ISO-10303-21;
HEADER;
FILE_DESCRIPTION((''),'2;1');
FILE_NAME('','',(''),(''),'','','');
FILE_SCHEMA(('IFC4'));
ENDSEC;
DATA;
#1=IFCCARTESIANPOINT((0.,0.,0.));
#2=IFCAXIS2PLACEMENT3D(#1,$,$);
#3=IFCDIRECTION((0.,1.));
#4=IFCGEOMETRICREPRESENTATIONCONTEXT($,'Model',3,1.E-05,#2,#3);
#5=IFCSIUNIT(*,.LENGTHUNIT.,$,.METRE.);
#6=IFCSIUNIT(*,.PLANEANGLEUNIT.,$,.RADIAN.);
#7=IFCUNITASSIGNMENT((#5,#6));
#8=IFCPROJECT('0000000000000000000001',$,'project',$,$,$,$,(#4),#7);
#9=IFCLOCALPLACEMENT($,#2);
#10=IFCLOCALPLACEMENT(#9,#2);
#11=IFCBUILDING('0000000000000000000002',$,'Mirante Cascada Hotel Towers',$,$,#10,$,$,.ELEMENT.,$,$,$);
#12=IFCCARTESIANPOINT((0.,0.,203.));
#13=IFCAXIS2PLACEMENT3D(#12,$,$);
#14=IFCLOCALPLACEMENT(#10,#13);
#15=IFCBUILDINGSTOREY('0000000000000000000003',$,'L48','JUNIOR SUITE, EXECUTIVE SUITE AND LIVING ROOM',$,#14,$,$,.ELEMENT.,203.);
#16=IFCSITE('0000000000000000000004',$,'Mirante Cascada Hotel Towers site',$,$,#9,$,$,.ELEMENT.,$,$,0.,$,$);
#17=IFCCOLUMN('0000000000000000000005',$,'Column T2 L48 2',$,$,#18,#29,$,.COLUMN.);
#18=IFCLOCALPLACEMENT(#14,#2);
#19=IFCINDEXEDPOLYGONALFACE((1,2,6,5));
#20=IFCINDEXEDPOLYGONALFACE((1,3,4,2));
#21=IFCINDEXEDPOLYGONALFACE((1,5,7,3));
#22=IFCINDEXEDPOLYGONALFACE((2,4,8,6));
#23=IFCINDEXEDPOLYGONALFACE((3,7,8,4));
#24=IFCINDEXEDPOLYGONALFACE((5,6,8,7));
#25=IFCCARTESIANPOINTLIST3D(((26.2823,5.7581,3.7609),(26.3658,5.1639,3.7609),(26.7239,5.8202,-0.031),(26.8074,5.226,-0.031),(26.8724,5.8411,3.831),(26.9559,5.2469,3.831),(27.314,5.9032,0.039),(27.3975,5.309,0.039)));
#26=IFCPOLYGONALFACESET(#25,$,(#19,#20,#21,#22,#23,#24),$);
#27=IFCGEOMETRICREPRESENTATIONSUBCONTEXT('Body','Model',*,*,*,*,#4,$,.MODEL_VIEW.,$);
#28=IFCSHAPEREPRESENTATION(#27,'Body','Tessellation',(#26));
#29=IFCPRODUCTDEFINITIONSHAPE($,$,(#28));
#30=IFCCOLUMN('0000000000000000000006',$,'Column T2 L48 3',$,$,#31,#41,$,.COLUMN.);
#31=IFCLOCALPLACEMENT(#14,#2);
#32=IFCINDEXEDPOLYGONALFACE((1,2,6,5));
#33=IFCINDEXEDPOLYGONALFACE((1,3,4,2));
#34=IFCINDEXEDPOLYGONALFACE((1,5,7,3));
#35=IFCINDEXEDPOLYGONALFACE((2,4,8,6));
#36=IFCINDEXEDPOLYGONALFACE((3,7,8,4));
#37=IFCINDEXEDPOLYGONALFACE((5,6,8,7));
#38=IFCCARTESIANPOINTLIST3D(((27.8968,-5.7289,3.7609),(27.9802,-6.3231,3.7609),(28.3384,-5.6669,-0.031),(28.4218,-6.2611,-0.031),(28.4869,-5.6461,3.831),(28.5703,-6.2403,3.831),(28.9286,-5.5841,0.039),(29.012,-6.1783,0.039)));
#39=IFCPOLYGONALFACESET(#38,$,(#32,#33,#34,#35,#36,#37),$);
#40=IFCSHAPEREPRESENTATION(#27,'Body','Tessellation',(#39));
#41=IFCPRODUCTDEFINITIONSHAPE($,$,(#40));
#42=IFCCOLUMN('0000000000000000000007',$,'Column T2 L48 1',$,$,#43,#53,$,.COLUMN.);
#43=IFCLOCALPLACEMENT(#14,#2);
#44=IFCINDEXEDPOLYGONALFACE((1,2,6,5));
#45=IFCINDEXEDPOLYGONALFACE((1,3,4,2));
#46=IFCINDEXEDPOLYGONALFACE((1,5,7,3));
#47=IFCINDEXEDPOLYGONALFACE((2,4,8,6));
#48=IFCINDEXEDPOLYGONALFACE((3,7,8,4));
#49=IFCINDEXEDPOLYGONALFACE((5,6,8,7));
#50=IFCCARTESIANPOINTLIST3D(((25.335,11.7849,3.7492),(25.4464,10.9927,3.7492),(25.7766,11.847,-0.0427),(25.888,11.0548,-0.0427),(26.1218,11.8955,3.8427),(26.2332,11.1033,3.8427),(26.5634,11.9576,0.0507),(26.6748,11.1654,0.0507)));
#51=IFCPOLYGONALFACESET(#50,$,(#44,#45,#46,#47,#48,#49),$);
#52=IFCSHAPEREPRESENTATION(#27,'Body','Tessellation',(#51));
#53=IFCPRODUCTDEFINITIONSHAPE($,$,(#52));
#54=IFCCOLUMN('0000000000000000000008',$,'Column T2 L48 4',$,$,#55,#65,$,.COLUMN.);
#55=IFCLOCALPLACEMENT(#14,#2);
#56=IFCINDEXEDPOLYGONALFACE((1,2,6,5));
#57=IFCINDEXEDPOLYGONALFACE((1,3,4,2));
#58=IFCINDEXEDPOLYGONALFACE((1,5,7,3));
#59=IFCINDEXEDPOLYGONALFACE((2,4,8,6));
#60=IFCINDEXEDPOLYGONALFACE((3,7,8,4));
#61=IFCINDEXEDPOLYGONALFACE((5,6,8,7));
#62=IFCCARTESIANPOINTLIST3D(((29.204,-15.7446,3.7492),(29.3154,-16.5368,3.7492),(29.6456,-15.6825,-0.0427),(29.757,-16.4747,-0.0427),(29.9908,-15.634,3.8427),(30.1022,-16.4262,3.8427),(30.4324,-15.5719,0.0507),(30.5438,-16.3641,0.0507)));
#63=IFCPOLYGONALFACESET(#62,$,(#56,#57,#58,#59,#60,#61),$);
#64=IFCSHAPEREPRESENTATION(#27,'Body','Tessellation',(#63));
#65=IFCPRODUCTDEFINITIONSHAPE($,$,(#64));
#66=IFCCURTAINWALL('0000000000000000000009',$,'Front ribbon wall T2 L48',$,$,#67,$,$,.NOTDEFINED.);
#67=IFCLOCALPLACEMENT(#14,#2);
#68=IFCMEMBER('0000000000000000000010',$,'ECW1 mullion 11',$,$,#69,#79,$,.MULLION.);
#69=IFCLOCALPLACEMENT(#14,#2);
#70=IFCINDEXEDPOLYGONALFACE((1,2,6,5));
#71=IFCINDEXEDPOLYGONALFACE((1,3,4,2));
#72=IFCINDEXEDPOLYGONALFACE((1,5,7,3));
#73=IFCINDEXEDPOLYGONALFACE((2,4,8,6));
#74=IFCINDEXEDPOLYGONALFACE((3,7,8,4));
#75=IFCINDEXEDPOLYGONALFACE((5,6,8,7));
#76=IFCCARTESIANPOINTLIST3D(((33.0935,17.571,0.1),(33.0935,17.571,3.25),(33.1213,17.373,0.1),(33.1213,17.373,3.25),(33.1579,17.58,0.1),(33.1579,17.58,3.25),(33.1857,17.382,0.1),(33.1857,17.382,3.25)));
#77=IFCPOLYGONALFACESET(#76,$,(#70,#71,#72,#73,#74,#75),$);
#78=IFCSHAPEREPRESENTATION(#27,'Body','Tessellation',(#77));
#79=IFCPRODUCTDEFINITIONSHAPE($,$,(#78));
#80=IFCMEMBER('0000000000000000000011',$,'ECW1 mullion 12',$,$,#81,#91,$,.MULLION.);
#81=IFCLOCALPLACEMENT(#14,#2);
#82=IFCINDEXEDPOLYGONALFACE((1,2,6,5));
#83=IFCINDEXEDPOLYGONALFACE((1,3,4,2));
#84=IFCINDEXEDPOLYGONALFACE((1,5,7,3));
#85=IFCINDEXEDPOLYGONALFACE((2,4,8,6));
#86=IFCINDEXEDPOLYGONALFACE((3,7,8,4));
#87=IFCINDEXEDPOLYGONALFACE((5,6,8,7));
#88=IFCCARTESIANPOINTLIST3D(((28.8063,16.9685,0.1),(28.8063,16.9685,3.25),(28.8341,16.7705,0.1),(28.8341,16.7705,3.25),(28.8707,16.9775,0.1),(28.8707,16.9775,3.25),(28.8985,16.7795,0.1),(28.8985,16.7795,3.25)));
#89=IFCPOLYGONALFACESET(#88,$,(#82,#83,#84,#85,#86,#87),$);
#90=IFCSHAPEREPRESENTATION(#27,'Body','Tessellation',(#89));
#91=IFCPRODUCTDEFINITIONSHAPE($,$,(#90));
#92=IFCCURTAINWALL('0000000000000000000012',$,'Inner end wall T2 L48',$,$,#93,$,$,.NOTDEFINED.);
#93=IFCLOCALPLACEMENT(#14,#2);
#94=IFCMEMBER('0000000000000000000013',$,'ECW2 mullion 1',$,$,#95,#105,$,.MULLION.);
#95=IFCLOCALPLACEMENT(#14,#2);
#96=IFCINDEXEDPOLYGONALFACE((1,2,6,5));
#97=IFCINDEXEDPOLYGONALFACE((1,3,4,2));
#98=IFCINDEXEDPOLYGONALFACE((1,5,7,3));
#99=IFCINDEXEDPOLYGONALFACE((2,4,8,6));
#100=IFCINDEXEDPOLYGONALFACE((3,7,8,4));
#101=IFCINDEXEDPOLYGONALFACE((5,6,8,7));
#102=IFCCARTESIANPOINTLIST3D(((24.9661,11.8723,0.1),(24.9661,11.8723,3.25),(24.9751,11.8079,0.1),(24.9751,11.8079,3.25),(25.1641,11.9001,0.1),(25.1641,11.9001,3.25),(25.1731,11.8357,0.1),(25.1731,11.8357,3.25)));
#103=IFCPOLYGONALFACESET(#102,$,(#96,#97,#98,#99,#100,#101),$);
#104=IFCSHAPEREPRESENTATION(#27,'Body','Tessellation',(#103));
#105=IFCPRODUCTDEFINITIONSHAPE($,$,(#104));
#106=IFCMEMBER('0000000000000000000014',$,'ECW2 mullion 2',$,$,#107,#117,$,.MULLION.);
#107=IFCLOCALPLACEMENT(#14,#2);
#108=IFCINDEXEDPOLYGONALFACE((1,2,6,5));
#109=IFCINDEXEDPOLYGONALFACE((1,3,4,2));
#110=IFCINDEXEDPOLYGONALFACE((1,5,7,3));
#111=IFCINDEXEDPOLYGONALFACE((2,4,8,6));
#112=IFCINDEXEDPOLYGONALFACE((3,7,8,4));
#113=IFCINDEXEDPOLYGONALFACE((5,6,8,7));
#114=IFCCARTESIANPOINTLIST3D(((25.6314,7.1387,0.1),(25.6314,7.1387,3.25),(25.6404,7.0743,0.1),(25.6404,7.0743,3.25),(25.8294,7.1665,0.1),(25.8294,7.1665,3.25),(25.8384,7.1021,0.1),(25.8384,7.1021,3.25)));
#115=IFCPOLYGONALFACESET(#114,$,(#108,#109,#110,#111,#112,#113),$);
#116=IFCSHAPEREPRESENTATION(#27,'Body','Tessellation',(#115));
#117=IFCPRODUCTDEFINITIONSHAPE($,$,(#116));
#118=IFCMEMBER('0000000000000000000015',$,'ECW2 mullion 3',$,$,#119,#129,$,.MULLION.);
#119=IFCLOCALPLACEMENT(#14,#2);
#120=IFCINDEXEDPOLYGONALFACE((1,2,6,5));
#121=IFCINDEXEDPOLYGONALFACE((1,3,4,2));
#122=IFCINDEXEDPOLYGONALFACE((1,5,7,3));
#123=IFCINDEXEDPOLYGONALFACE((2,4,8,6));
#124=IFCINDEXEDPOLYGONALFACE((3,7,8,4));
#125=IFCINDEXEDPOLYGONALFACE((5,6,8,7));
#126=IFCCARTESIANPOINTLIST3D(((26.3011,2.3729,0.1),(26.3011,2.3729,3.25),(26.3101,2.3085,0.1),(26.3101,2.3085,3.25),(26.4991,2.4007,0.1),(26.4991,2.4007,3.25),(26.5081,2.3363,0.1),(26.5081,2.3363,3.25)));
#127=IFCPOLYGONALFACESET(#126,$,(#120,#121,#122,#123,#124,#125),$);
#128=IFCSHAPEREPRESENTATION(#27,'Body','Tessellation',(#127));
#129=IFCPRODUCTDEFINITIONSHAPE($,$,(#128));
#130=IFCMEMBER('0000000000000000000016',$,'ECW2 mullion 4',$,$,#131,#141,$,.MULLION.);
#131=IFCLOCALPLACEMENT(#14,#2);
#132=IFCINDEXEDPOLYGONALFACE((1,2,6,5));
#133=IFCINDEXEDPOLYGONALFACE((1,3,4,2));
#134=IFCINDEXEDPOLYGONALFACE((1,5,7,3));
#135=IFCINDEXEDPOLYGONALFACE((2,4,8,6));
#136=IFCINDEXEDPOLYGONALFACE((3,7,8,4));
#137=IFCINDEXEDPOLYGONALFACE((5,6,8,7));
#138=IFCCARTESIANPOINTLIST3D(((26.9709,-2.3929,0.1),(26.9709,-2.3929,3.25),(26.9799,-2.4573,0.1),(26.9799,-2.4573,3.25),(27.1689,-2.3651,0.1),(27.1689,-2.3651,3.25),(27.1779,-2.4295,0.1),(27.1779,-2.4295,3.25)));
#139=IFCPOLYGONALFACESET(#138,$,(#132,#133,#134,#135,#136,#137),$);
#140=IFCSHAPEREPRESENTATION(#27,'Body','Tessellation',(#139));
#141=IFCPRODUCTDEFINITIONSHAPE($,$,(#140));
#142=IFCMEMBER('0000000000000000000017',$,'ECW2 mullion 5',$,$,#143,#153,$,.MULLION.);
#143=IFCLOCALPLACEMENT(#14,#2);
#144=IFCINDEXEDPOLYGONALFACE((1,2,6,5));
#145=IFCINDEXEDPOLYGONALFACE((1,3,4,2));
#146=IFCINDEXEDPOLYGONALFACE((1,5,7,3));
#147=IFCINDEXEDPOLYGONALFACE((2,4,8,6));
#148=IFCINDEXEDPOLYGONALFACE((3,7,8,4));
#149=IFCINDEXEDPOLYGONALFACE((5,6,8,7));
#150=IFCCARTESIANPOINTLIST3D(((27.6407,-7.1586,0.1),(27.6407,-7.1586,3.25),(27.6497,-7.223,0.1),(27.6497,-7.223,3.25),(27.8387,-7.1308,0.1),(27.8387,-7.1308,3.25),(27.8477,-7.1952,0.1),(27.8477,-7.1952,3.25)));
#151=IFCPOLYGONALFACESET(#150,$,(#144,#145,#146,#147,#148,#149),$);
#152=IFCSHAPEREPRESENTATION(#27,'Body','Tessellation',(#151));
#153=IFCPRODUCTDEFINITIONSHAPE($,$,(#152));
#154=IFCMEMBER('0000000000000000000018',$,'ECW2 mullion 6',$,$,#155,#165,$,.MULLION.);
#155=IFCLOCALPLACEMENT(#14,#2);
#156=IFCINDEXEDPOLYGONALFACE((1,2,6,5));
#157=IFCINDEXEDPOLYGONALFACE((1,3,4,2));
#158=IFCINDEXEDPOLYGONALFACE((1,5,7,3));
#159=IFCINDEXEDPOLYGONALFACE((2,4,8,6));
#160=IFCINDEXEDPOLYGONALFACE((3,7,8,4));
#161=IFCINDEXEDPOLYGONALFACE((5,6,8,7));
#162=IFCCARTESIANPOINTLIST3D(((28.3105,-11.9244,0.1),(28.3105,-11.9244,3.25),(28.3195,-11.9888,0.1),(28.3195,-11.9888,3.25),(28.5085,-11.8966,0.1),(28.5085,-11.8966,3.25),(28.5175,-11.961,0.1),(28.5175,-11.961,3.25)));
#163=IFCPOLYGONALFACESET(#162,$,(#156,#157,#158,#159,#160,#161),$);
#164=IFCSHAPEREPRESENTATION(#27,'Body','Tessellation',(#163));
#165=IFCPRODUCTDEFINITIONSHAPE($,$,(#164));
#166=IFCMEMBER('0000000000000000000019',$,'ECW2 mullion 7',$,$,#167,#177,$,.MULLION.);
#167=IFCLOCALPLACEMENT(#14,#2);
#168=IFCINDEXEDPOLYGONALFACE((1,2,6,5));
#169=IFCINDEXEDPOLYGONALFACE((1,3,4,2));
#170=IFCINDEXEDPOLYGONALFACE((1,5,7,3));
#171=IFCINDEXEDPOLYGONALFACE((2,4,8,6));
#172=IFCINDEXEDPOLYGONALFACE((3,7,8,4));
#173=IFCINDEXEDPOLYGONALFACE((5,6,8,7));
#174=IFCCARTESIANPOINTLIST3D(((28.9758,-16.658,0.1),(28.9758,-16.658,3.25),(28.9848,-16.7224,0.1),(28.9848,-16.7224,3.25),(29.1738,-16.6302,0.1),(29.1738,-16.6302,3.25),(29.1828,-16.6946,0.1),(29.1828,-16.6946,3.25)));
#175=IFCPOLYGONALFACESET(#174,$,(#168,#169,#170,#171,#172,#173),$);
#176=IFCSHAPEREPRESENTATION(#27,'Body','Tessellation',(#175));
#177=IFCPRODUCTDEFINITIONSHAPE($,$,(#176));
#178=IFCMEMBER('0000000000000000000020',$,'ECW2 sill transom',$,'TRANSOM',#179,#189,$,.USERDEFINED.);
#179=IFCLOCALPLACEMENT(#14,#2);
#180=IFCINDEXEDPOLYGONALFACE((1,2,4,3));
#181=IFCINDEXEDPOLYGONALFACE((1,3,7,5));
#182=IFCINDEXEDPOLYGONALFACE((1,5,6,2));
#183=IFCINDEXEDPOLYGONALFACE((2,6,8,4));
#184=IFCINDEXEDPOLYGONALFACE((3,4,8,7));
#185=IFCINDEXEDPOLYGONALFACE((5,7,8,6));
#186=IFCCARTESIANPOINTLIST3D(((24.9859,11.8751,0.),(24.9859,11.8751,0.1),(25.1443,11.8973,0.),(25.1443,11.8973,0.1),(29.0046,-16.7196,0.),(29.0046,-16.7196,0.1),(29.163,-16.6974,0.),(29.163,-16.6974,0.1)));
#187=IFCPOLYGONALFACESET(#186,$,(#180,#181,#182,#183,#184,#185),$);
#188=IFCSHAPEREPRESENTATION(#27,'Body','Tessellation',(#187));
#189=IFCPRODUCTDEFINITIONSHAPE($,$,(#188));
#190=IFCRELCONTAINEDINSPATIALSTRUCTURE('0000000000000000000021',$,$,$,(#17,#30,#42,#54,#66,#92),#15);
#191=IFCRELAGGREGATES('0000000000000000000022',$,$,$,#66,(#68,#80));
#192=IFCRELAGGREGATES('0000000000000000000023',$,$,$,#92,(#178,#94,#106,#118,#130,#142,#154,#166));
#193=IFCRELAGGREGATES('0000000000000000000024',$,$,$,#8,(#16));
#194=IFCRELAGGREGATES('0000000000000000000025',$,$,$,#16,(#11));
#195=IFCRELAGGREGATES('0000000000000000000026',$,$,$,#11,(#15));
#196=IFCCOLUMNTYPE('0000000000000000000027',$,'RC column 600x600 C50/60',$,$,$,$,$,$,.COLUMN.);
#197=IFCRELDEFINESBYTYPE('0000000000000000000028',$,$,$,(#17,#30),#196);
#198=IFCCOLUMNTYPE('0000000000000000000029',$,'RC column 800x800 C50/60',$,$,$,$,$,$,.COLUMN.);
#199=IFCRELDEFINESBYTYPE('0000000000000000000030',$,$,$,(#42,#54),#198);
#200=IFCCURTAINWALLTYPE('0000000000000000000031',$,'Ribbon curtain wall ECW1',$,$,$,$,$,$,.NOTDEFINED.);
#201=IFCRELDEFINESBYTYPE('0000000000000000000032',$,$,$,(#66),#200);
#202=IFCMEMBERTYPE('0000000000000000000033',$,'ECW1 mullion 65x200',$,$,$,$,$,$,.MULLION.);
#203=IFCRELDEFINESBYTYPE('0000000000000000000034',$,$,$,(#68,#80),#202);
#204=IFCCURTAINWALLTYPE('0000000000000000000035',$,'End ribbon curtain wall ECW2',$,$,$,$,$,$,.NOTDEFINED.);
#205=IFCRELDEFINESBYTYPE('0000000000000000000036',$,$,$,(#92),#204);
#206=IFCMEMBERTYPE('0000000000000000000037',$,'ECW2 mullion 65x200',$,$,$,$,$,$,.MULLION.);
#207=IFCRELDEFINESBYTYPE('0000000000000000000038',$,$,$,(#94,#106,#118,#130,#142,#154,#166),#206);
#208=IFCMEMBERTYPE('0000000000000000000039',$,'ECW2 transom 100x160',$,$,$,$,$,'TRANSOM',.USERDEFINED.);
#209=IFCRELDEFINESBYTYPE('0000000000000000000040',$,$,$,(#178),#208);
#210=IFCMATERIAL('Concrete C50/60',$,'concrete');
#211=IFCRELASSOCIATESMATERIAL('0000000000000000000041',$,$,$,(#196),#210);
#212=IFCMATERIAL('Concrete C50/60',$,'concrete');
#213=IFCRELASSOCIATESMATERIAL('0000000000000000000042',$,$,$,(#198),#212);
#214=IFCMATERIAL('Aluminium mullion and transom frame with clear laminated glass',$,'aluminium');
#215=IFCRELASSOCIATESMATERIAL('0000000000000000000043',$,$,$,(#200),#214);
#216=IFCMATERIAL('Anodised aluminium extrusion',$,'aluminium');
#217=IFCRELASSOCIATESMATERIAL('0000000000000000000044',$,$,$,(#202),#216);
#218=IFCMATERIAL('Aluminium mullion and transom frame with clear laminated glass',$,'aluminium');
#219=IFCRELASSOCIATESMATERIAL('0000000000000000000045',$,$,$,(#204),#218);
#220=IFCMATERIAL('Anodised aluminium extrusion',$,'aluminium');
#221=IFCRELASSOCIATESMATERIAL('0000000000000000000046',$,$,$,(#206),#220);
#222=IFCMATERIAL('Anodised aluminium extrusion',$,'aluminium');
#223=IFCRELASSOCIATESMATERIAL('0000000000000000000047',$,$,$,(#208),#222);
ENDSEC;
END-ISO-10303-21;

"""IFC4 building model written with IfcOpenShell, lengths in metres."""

from ifc_helpers import new_model, si_unit, direction, frame, origin, origin_2d, place, context, subcontext, project, spatial, rectangle, extrude, material, material_profile, profile_set, type_object, element, aggregate, save


model = new_model("IFC4")

# Units and contexts
model_context = context("Model", 3, precision=1e-05, world=origin(), true_north=direction((0.0, 1.0)))
body_context = subcontext(model_context, "Body", "Model", "MODEL_VIEW")
ifc_project = project(units=[si_unit("LENGTHUNIT", "METRE"), si_unit("PLANEANGLEUNIT", "RADIAN")], contexts=[model_context])

# Site, building, storey
site_placement = place(None, origin())
site = spatial("IfcSite", under=ifc_project, at=site_placement, Name="Mirante Cascada Hotel Towers site", CompositionType="ELEMENT", RefElevation=0.0)
building_placement = place(site_placement, origin())
building = spatial("IfcBuilding", under=site, at=building_placement, Name="Mirante Cascada Hotel Towers", CompositionType="ELEMENT")
storey_placement = place(building_placement, frame((0.0, 0.0, 203.0)))
storey = spatial("IfcBuildingStorey", under=building, at=storey_placement, Name="L48", Description="JUNIOR SUITE, EXECUTIVE SUITE AND LIVING ROOM", CompositionType="ELEMENT", Elevation=203.0)

# Columns
ifc_material_1 = material(Name="Concrete C50/60", Category="concrete")
ifc_material_profile_1 = material_profile(ifc_material_1, rectangle(XDim=0.6, YDim=0.6, at=origin_2d()), Name="RC column 600x600 C50/60")
ifc_profile_set_1 = profile_set([ifc_material_profile_1], Name="Concrete C50/60")
column_type_1 = type_object("IfcColumnType", Name="RC column 600x600 C50/60", PredefinedType="COLUMN", material=ifc_profile_set_1)
for number, where, z_axis, x_axis, name in (
    (1, (27.0607, 5.5646, 0.004), (-0.115659, -0.016265, 0.993156), (0.139255, -0.990257, 0.0), "Column T2 L48 2"),
    (2, (28.6752, -5.9226, 0.004), (-0.115684, -0.016238, 0.993153), (0.139004, -0.990292, 0.0), "Column T2 L48 3"),
):
    element("IfcColumn", number, at=place(storey_placement, frame(where, z_axis=z_axis, x_axis=x_axis)), inside=storey, type_object=column_type_1, Name=name, PredefinedType="COLUMN", context=body_context, shape_type="SweptSolid", body=[
        extrude(rectangle(XDim=0.6, YDim=0.6, at=origin_2d()), origin(), (0.0, 0.0, 1.0), 3.8181),
    ])
ifc_material_2 = material(Name="Concrete C50/60", Category="concrete")
ifc_material_profile_2 = material_profile(ifc_material_2, rectangle(XDim=0.8, YDim=0.8, at=origin_2d()), Name="RC column 800x800 C50/60")
ifc_profile_set_2 = profile_set([ifc_material_profile_2], Name="Concrete C50/60")
column_type_2 = type_object("IfcColumnType", Name="RC column 800x800 C50/60", PredefinedType="COLUMN", material=ifc_profile_set_2)
for number, where, z_axis, x_axis, name in (
    (3, (26.2257, 11.5062, 0.004), (-0.115659, -0.016265, 0.993156), (0.139255, -0.990257, 0.0), "Column T2 L48 1"),
    (4, (30.0947, -16.0233, 0.004), (-0.115659, -0.016265, 0.993156), (0.139255, -0.990257, 0.0), "Column T2 L48 4"),
):
    element("IfcColumn", number, at=place(storey_placement, frame(where, z_axis=z_axis, x_axis=x_axis)), inside=storey, type_object=column_type_2, Name=name, PredefinedType="COLUMN", context=body_context, shape_type="SweptSolid", body=[
        extrude(rectangle(XDim=0.8, YDim=0.8, at=origin_2d()), origin(), (0.0, 0.0, 1.0), 3.8181),
    ])

# Curtain walls, members
ifc_material_3 = material(Name="Aluminium mullion and transom frame with clear laminated glass", Category="aluminium")
curtain_wall_type_1 = type_object("IfcCurtainWallType", Name="Ribbon curtain wall ECW1", PredefinedType="NOTDEFINED", material=ifc_material_3)
curtain_wall_1_placement = place(storey_placement, origin())
curtain_wall_1 = element("IfcCurtainWall", 5, at=curtain_wall_1_placement, inside=storey, type_object=curtain_wall_type_1, Name="Front ribbon wall T2 L48", PredefinedType="NOTDEFINED")
ifc_material_4 = material(Name="Anodised aluminium extrusion", Category="aluminium")
ifc_material_profile_3 = material_profile(ifc_material_4, rectangle(XDim=0.2, YDim=0.065, at=origin_2d()), Name="ECW1 MULLION 65x200")
ifc_profile_set_3 = profile_set([ifc_material_profile_3], Name="Anodised aluminium extrusion")
member_type_1 = type_object("IfcMemberType", Name="ECW1 mullion 65x200", PredefinedType="MULLION", material=ifc_profile_set_3)
member_1_placement = place(storey_placement, frame((33.1396, 17.4765, 0.1), z_axis=(0.0, 0.0, 1.0), x_axis=(0.139173, -0.990268, 0.0)))
member_1 = element("IfcMember", 6, at=member_1_placement, type_object=member_type_1, Name="ECW1 mullion 11", PredefinedType="MULLION", context=body_context, shape_type="SweptSolid", body=[
    extrude(rectangle(XDim=0.2, YDim=0.065, at=origin_2d()), origin(), (0.0, 0.0, 1.0), 3.15),
])
member_2_placement = place(storey_placement, frame((28.8524, 16.874, 0.1), z_axis=(0.0, 0.0, 1.0), x_axis=(0.139173, -0.990268, 0.0)))
member_2 = element("IfcMember", 7, at=member_2_placement, type_object=member_type_1, Name="ECW1 mullion 12", PredefinedType="MULLION", context=body_context, shape_type="SweptSolid", body=[
    extrude(rectangle(XDim=0.2, YDim=0.065, at=origin_2d()), origin(), (0.0, 0.0, 1.0), 3.15),
])
ifc_material_5 = material(Name="Aluminium mullion and transom frame with clear laminated glass", Category="aluminium")
curtain_wall_type_2 = type_object("IfcCurtainWallType", Name="End ribbon curtain wall ECW2", PredefinedType="NOTDEFINED", material=ifc_material_5)
curtain_wall_2_placement = place(storey_placement, origin())
curtain_wall_2 = element("IfcCurtainWall", 8, at=curtain_wall_2_placement, inside=storey, type_object=curtain_wall_type_2, Name="Inner end wall T2 L48", PredefinedType="NOTDEFINED")
ifc_material_6 = material(Name="Anodised aluminium extrusion", Category="aluminium")
ifc_material_profile_4 = material_profile(ifc_material_6, rectangle(XDim=0.2, YDim=0.065, at=origin_2d()), Name="ECW2 MULLION 65x200")
ifc_profile_set_4 = profile_set([ifc_material_profile_4], Name="Anodised aluminium extrusion")
member_type_2 = type_object("IfcMemberType", Name="ECW2 mullion 65x200", PredefinedType="MULLION", material=ifc_profile_set_4)
member_3_placement = place(storey_placement, frame((25.0696, 11.854, 0.1), z_axis=(0.0, 0.0, 1.0), x_axis=(0.990268, 0.139173, 0.0)))
member_3 = element("IfcMember", 9, at=member_3_placement, type_object=member_type_2, Name="ECW2 mullion 1", PredefinedType="MULLION", context=body_context, shape_type="SweptSolid", body=[
    extrude(rectangle(XDim=0.2, YDim=0.065, at=origin_2d()), origin(), (0.0, 0.0, 1.0), 3.15),
])
member_4_placement = place(storey_placement, frame((25.7349, 7.1204, 0.1), z_axis=(0.0, 0.0, 1.0), x_axis=(0.990268, 0.139173, 0.0)))
member_4 = element("IfcMember", 10, at=member_4_placement, type_object=member_type_2, Name="ECW2 mullion 2", PredefinedType="MULLION", context=body_context, shape_type="SweptSolid", body=[
    extrude(rectangle(XDim=0.2, YDim=0.065, at=origin_2d()), origin(), (0.0, 0.0, 1.0), 3.15),
])
member_5_placement = place(storey_placement, frame((26.4046, 2.3546, 0.1), z_axis=(0.0, 0.0, 1.0), x_axis=(0.990268, 0.139173, 0.0)))
member_5 = element("IfcMember", 11, at=member_5_placement, type_object=member_type_2, Name="ECW2 mullion 3", PredefinedType="MULLION", context=body_context, shape_type="SweptSolid", body=[
    extrude(rectangle(XDim=0.2, YDim=0.065, at=origin_2d()), origin(), (0.0, 0.0, 1.0), 3.15),
])
member_6_placement = place(storey_placement, frame((27.0744, -2.4112, 0.1), z_axis=(0.0, 0.0, 1.0), x_axis=(0.990268, 0.139173, 0.0)))
member_6 = element("IfcMember", 12, at=member_6_placement, type_object=member_type_2, Name="ECW2 mullion 4", PredefinedType="MULLION", context=body_context, shape_type="SweptSolid", body=[
    extrude(rectangle(XDim=0.2, YDim=0.065, at=origin_2d()), origin(), (0.0, 0.0, 1.0), 3.15),
])
member_7_placement = place(storey_placement, frame((27.7442, -7.1769, 0.1), z_axis=(0.0, 0.0, 1.0), x_axis=(0.990268, 0.139173, 0.0)))
member_7 = element("IfcMember", 13, at=member_7_placement, type_object=member_type_2, Name="ECW2 mullion 5", PredefinedType="MULLION", context=body_context, shape_type="SweptSolid", body=[
    extrude(rectangle(XDim=0.2, YDim=0.065, at=origin_2d()), origin(), (0.0, 0.0, 1.0), 3.15),
])
member_8_placement = place(storey_placement, frame((28.414, -11.9427, 0.1), z_axis=(0.0, 0.0, 1.0), x_axis=(0.990268, 0.139173, 0.0)))
member_8 = element("IfcMember", 14, at=member_8_placement, type_object=member_type_2, Name="ECW2 mullion 6", PredefinedType="MULLION", context=body_context, shape_type="SweptSolid", body=[
    extrude(rectangle(XDim=0.2, YDim=0.065, at=origin_2d()), origin(), (0.0, 0.0, 1.0), 3.15),
])
member_9_placement = place(storey_placement, frame((29.0793, -16.6763, 0.1), z_axis=(0.0, 0.0, 1.0), x_axis=(0.990268, 0.139173, 0.0)))
member_9 = element("IfcMember", 15, at=member_9_placement, type_object=member_type_2, Name="ECW2 mullion 7", PredefinedType="MULLION", context=body_context, shape_type="SweptSolid", body=[
    extrude(rectangle(XDim=0.2, YDim=0.065, at=origin_2d()), origin(), (0.0, 0.0, 1.0), 3.15),
])
ifc_material_7 = material(Name="Anodised aluminium extrusion", Category="aluminium")
ifc_material_profile_5 = material_profile(ifc_material_7, rectangle(XDim=0.16, YDim=0.1, at=origin_2d()), Name="ECW2 TRANSOM 100x160")
ifc_profile_set_5 = profile_set([ifc_material_profile_5], Name="Anodised aluminium extrusion")
member_type_3 = type_object("IfcMemberType", Name="ECW2 transom 100x160", ElementType="TRANSOM", PredefinedType="USERDEFINED", material=ifc_profile_set_5)
member_10_placement = place(storey_placement, frame((25.0651, 11.8862, 0.05), z_axis=(0.139172, -0.990268, 0.0), x_axis=(0.990268, 0.139172, 0.0)))
member_10 = element("IfcMember", 16, at=member_10_placement, type_object=member_type_3, Name="ECW2 sill transom", ObjectType="TRANSOM", PredefinedType="USERDEFINED", context=body_context, shape_type="SweptSolid", body=[
    extrude(rectangle(XDim=0.16, YDim=0.1, at=origin_2d()), origin(), (0.0, 0.0, 1.0), 28.8757),
])

aggregate(curtain_wall_1, [member_1, member_2])
aggregate(curtain_wall_2, [member_10, member_3, member_4, member_5, member_6, member_7, member_8, member_9])

save(model, "model.ifc")
